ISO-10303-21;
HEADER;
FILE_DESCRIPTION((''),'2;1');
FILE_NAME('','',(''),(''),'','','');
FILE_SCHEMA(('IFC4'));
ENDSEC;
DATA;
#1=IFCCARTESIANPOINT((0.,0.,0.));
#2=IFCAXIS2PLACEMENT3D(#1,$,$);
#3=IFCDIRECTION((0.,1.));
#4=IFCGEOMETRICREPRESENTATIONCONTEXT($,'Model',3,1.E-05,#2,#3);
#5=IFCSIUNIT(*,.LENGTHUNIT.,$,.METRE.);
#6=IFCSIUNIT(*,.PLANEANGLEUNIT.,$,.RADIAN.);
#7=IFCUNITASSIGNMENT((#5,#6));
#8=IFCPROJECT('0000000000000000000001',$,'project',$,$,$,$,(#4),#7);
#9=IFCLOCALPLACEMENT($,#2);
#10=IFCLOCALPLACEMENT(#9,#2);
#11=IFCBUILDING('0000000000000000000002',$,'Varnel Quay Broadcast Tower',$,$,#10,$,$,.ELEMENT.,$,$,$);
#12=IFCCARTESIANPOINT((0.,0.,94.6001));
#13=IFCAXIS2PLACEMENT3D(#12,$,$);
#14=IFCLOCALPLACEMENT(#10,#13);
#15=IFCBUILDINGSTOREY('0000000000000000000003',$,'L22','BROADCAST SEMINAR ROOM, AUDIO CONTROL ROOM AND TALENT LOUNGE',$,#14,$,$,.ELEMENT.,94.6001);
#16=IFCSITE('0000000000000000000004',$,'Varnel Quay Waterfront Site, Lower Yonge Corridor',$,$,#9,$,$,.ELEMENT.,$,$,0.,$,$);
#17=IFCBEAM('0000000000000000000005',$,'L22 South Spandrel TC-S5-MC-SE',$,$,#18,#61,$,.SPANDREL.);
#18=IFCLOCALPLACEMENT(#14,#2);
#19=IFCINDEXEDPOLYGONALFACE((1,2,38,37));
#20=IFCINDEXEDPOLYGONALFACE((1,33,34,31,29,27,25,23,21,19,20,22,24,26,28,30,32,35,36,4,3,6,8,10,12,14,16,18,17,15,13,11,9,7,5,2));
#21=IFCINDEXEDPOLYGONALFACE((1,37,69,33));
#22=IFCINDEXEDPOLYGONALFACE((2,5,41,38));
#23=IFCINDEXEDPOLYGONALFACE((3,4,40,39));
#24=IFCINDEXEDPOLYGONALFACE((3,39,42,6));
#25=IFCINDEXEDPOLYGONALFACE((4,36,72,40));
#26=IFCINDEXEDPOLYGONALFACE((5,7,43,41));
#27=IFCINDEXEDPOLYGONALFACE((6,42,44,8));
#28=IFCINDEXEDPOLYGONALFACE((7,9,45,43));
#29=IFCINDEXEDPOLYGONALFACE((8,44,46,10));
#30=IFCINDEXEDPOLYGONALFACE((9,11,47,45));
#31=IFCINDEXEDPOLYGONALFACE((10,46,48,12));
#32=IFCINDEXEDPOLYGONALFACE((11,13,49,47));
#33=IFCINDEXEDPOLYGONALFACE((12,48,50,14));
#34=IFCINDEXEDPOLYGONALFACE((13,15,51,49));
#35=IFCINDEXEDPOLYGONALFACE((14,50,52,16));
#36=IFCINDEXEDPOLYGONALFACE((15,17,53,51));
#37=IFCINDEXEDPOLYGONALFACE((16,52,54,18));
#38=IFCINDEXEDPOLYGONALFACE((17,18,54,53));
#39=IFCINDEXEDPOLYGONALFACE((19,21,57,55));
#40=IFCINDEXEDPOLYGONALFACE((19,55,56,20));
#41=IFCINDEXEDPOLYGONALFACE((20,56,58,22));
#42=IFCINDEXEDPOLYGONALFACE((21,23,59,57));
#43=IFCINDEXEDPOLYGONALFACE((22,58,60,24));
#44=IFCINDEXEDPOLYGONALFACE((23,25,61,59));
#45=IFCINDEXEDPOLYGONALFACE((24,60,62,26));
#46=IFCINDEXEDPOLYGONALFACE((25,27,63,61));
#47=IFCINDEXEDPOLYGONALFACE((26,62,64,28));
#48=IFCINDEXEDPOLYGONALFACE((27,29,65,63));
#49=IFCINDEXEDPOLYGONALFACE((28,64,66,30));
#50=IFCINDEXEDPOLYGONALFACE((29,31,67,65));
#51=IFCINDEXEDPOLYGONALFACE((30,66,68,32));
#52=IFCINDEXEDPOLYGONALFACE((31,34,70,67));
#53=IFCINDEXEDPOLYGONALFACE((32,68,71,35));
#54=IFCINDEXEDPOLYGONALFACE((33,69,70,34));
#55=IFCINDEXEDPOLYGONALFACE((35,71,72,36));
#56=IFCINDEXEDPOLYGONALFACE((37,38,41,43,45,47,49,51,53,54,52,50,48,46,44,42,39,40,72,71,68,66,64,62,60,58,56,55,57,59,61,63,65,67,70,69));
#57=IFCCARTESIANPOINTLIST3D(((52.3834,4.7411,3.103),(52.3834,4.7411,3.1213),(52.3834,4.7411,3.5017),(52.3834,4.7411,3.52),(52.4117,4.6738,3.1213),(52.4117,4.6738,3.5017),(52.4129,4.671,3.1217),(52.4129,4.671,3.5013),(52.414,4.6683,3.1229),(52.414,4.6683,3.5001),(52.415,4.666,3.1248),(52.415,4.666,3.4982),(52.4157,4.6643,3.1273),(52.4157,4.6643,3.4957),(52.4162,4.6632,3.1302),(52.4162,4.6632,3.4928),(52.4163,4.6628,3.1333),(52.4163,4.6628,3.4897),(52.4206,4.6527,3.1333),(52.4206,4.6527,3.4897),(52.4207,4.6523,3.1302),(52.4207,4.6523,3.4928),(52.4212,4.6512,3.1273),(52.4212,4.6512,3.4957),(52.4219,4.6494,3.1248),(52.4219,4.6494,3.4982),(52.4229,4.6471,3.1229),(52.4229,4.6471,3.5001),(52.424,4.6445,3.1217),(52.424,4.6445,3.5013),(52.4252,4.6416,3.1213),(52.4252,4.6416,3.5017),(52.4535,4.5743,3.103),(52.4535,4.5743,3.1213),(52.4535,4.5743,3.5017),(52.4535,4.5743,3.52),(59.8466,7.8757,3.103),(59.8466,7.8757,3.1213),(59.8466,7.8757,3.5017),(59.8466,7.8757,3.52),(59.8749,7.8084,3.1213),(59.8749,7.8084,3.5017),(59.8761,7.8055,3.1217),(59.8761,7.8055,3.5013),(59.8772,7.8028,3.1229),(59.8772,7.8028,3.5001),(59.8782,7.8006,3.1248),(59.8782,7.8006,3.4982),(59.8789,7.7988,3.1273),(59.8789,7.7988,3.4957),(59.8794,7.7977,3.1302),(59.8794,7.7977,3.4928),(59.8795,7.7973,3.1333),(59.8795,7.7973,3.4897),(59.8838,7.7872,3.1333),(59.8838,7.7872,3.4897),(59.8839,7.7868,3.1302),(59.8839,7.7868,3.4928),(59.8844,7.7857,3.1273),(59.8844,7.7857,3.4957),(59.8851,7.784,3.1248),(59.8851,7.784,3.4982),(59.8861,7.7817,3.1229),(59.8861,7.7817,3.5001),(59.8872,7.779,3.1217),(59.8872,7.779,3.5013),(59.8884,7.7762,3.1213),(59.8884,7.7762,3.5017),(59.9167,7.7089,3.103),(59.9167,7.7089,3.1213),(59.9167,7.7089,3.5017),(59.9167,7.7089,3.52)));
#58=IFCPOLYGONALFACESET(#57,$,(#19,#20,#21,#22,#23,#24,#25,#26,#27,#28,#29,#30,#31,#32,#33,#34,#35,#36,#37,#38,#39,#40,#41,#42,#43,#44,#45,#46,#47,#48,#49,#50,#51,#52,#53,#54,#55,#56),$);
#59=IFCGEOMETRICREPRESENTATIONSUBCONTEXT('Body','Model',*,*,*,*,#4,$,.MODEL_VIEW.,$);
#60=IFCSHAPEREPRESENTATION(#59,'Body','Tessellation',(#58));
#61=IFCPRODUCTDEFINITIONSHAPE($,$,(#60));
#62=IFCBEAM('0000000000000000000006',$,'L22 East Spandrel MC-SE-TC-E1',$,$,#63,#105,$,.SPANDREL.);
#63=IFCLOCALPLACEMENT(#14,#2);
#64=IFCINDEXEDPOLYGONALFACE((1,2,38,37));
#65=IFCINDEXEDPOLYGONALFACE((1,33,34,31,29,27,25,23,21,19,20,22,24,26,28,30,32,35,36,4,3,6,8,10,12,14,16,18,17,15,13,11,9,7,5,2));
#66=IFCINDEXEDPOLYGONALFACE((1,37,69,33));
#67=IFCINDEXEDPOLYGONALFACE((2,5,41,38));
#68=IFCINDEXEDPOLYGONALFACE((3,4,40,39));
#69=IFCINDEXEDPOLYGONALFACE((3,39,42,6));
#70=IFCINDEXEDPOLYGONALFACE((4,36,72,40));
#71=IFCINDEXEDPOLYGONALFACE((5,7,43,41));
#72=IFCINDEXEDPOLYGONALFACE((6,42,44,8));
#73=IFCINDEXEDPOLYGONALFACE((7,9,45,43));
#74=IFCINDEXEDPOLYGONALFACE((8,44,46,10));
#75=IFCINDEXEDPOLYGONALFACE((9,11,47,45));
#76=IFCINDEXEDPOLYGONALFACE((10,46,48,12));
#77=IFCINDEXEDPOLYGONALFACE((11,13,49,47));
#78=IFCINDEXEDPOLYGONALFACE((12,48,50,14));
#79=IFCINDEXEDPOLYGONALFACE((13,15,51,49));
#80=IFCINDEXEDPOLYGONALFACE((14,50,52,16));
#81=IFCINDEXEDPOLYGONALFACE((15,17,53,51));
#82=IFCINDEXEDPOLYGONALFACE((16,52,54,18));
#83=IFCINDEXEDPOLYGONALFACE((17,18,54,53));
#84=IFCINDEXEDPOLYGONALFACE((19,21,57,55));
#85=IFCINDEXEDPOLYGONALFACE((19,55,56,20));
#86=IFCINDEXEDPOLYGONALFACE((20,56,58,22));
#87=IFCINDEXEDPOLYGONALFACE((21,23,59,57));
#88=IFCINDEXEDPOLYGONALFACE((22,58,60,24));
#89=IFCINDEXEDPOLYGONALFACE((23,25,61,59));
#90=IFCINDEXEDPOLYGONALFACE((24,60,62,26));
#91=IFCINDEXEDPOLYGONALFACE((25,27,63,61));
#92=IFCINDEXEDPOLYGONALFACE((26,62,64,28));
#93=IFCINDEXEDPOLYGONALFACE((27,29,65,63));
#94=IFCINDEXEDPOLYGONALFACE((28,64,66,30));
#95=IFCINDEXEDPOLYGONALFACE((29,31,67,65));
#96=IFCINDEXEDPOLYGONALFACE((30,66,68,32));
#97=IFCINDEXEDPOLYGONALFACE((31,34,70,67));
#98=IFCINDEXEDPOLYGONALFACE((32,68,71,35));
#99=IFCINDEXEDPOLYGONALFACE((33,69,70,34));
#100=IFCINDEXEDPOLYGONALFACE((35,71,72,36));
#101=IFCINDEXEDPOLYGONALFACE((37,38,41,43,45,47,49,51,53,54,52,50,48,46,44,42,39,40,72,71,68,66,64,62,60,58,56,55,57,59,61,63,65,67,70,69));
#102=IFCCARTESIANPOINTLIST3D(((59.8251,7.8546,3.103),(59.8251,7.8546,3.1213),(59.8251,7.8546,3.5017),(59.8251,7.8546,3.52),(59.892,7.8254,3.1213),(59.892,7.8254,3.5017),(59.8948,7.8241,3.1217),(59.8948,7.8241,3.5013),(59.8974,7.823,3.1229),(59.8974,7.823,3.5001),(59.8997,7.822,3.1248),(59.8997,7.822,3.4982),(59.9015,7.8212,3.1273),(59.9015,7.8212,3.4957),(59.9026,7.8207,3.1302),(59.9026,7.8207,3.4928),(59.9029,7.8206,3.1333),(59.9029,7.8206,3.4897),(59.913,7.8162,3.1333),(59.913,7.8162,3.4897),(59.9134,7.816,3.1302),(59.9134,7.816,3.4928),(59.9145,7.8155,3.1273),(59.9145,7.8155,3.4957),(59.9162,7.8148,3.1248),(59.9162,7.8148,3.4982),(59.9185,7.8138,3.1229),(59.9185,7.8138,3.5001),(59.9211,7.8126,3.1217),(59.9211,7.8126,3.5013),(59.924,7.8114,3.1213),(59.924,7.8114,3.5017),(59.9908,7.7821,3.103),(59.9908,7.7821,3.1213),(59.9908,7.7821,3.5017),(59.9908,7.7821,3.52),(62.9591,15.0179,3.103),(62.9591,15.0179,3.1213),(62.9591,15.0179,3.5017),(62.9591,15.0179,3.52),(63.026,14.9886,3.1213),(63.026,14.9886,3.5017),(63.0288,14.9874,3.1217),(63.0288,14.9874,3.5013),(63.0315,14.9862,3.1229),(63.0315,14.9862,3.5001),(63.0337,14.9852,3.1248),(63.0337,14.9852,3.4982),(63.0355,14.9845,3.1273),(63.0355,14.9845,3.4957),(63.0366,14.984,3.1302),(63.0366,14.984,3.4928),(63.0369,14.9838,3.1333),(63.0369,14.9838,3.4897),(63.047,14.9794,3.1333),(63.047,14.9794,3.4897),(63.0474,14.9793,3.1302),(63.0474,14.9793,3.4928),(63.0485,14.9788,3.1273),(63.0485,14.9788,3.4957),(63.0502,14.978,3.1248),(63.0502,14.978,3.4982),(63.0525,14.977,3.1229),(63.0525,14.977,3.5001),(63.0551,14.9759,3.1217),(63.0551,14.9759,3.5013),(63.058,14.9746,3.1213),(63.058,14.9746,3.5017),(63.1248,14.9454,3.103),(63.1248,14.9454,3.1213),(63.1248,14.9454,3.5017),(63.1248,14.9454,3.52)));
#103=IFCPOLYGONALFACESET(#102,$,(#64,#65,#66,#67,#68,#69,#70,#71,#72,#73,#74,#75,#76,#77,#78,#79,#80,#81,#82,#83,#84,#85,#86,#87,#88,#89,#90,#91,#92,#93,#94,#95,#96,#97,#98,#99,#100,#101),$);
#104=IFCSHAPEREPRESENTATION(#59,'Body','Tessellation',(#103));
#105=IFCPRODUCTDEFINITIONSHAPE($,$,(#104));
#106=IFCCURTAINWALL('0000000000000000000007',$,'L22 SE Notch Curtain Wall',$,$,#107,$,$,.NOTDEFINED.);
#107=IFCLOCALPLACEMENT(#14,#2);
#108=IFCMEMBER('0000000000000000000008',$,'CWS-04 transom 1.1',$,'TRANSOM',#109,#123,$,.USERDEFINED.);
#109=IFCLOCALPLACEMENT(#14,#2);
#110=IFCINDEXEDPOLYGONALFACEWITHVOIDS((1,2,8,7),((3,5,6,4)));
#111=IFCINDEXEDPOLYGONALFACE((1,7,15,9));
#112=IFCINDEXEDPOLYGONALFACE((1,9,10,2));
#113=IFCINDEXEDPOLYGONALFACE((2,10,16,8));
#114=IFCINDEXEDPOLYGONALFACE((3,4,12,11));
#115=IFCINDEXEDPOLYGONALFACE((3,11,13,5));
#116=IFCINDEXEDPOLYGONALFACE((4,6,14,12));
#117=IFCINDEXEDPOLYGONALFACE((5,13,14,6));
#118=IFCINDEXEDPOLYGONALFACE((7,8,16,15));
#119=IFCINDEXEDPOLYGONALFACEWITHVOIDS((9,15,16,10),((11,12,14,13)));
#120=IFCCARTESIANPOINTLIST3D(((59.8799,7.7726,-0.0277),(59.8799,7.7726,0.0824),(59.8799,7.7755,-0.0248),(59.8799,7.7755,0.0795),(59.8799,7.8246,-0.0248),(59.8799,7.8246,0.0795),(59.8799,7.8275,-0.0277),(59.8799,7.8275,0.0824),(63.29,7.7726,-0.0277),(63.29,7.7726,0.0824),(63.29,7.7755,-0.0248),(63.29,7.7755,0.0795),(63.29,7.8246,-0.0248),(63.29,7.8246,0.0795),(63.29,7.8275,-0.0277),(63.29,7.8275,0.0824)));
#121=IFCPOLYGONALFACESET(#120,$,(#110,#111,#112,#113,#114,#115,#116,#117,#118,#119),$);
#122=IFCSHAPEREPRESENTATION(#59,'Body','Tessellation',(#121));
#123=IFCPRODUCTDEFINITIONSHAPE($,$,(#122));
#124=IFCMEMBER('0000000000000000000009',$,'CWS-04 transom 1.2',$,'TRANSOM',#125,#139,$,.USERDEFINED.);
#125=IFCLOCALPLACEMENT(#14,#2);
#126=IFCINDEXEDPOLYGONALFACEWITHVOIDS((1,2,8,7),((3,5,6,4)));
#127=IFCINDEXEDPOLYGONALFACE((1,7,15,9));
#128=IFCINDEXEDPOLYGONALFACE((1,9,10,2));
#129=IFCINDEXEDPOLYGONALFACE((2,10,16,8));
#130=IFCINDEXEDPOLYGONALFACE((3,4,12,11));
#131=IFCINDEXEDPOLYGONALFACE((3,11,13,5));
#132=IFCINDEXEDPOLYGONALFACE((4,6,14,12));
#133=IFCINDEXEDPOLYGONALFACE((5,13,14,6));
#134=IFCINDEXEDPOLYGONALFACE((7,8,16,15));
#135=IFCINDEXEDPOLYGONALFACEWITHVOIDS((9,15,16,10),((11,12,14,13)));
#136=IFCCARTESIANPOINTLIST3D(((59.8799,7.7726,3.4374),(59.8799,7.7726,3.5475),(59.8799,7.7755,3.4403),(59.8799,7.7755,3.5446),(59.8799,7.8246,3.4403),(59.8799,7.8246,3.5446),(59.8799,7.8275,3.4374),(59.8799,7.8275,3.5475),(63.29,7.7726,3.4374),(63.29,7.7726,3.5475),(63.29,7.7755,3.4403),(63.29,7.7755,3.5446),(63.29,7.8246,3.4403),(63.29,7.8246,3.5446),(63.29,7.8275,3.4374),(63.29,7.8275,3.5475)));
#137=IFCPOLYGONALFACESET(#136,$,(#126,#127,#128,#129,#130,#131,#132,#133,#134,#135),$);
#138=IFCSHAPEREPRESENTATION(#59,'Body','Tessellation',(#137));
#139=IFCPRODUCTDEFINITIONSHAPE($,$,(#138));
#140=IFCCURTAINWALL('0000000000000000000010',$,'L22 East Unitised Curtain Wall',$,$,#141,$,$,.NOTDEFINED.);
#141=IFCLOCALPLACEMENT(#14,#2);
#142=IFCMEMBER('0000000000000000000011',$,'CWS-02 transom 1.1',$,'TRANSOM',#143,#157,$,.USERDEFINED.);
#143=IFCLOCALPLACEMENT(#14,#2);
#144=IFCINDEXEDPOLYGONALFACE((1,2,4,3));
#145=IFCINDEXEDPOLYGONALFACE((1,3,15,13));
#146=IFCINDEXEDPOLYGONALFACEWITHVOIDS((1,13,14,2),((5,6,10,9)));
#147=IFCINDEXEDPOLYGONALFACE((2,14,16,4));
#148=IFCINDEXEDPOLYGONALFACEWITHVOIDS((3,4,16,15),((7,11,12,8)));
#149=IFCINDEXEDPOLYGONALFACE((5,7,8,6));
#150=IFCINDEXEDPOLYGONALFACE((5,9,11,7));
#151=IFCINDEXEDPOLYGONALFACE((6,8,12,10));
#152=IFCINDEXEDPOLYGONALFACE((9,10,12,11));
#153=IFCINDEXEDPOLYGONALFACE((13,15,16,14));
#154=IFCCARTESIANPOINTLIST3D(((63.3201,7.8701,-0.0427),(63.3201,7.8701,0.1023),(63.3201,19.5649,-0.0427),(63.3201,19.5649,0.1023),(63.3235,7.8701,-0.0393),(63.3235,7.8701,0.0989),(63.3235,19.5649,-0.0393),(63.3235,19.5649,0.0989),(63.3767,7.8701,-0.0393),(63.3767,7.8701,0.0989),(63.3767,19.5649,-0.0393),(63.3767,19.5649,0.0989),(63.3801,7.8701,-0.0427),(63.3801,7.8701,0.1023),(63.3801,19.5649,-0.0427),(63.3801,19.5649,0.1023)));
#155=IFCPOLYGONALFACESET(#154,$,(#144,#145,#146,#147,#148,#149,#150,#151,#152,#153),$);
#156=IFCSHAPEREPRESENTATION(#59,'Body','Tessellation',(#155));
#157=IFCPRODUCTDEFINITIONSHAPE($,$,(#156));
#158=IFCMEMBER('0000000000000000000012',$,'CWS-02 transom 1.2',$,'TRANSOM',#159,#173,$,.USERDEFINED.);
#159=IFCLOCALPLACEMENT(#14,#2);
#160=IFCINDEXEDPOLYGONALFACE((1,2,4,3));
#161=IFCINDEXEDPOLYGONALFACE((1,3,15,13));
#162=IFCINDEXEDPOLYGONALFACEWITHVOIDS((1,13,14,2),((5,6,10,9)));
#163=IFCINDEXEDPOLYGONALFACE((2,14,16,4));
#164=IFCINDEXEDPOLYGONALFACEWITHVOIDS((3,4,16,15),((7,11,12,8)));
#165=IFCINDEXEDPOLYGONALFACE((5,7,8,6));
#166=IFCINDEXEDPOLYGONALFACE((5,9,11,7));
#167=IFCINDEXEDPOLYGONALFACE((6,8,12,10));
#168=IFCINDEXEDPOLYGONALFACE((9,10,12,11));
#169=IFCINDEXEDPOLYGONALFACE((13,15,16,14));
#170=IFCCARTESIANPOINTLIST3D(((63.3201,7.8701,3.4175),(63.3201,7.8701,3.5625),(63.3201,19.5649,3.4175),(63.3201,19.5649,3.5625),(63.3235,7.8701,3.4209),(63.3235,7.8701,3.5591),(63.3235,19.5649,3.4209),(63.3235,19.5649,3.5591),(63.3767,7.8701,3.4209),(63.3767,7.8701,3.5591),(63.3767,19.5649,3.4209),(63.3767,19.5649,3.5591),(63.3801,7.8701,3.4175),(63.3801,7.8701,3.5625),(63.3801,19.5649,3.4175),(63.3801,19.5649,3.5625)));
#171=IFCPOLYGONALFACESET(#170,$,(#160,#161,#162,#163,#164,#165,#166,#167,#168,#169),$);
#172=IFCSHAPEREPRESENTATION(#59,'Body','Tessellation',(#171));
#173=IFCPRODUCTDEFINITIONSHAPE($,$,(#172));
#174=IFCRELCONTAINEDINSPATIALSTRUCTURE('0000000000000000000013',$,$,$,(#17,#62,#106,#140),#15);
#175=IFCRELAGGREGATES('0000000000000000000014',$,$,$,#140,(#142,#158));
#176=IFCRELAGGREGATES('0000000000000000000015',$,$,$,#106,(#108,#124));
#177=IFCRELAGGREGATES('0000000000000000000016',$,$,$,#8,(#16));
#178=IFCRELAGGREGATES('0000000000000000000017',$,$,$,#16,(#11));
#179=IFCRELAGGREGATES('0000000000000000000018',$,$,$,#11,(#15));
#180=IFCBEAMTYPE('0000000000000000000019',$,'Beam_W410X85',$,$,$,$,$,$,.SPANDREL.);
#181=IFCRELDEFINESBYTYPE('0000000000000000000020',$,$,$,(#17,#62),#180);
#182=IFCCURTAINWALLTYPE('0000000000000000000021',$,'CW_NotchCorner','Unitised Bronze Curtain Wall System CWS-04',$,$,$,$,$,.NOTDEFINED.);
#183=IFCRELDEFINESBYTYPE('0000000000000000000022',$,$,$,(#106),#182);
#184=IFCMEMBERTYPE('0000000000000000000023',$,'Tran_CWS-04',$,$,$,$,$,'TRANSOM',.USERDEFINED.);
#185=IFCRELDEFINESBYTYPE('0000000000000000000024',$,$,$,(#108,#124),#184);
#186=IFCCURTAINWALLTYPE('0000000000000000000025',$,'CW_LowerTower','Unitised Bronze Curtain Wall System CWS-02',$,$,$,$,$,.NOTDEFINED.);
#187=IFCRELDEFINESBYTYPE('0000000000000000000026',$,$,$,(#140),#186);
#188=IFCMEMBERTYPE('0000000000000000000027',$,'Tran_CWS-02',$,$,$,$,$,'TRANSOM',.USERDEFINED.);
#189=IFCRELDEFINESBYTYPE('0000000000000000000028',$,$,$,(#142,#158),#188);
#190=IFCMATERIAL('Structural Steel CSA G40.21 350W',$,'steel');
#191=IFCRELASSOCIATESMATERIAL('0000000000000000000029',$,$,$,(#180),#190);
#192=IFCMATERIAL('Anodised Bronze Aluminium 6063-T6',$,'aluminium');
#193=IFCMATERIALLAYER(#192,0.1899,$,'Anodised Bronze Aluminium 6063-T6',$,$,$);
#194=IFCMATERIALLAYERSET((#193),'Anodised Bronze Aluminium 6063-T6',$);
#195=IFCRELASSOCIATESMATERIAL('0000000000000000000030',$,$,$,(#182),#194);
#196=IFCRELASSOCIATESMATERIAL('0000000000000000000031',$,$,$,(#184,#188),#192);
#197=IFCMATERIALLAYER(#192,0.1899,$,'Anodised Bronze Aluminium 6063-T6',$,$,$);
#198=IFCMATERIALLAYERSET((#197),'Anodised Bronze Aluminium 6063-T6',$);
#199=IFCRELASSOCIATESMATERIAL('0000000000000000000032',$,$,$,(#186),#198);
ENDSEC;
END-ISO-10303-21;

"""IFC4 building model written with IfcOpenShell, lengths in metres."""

from ifc_helpers import new_model, si_unit, direction, frame, origin, origin_2d, place, context, subcontext, project, spatial, hollow_rectangle, i_section, extrude, source, transform, mapped, material, layer, layer_set, material_profile, profile_set, type_object, type_shapes, element, aggregate, save


model = new_model("IFC4")

# Units and contexts
model_context = context("Model", 3, precision=1e-05, world=origin(), true_north=direction((0.0, 1.0)))
body_context = subcontext(model_context, "Body", "Model", "MODEL_VIEW")
ifc_project = project(units=[si_unit("LENGTHUNIT", "METRE"), si_unit("PLANEANGLEUNIT", "RADIAN")], contexts=[model_context])

# Site, building, storey
site_placement = place(None, origin())
site = spatial("IfcSite", under=ifc_project, at=site_placement, Name="Varnel Quay Waterfront Site, Lower Yonge Corridor", CompositionType="ELEMENT", RefElevation=0.0)
building_placement = place(site_placement, origin())
building = spatial("IfcBuilding", under=site, at=building_placement, Name="Varnel Quay Broadcast Tower", CompositionType="ELEMENT")
storey_placement = place(building_placement, frame((0.0, 0.0, 94.6001)))
storey = spatial("IfcBuildingStorey", under=building, at=storey_placement, Name="L22", Description="BROADCAST SEMINAR ROOM, AUDIO CONTROL ROOM AND TALENT LOUNGE", CompositionType="ELEMENT", Elevation=94.6001)

# Shared definitions
ifc_material_1 = material(Name="Structural Steel CSA G40.21 350W", Category="steel")

# Beams
ifc_material_profile_1 = material_profile(ifc_material_1, i_section(OverallWidth=0.1809, OverallDepth=0.417, WebThickness=0.011, FlangeThickness=0.0183, FilletRadius=0.012, at=origin_2d()), Name="W410X85")
ifc_profile_set_1 = profile_set([ifc_material_profile_1], Name="Structural Steel CSA G40.21 350W")
beam_type = type_object("IfcBeamType", Name="Beam_W410X85", PredefinedType="SPANDREL", material=ifc_profile_set_1)
shared_shape_1 = source(origin(), body_context, "Body", "SweptSolid", [
    extrude(i_section(OverallWidth=0.1809, OverallDepth=0.417, WebThickness=0.011, FlangeThickness=0.0183, FilletRadius=0.012, at=origin_2d()), origin(), (0.0, 0.0, 1.0), 8.0947),
])
beam_1_placement = place(storey_placement, frame((52.4185, 4.6577, 3.3115), z_axis=(0.921982, 0.387233, 0.0), x_axis=(-0.387233, 0.921982, 0.0)))
element("IfcBeam", 1, at=beam_1_placement, inside=storey, type_object=beam_type, Name="L22 South Spandrel TC-S5-MC-SE", PredefinedType="SPANDREL", context=body_context, shape_type="MappedRepresentation", body=[
    mapped(shared_shape_1, transform((0.0, 0.0, 0.0), x_axis=(1.0, 0.0, 0.0), y_axis=(0.0, 1.0, 0.0), z_axis=(0.0, 0.0, 1.0), scale=1.0)),
])
shared_shape_2 = source(origin(), body_context, "Body", "SweptSolid", [
    extrude(i_section(OverallWidth=0.1809, OverallDepth=0.417, WebThickness=0.011, FlangeThickness=0.0183, FilletRadius=0.012, at=origin_2d()), origin(), (0.0, 0.0, 1.0), 7.8188),
])
beam_2_placement = place(storey_placement, frame((59.908, 7.8184, 3.3115), z_axis=(0.400827, 0.916154, 0.0), x_axis=(-0.916154, 0.400827, 0.0)))
element("IfcBeam", 2, at=beam_2_placement, inside=storey, type_object=beam_type, Name="L22 East Spandrel MC-SE-TC-E1", PredefinedType="SPANDREL", context=body_context, shape_type="MappedRepresentation", body=[
    mapped(shared_shape_2, transform((0.0, 0.0, 0.0), x_axis=(1.0, 0.0, 0.0), y_axis=(0.0, 1.0, 0.0), z_axis=(0.0, 0.0, 1.0), scale=1.0)),
])

# Curtain walls, members
ifc_material_2 = material(Name="Anodised Bronze Aluminium 6063-T6", Category="aluminium")
ifc_layer_1 = layer(ifc_material_2, 0.1899, Name="Anodised Bronze Aluminium 6063-T6")
ifc_layer_set_1 = layer_set([ifc_layer_1], Name="Anodised Bronze Aluminium 6063-T6")
curtain_wall_type_1 = type_object("IfcCurtainWallType", Name="CW_NotchCorner", Description="Unitised Bronze Curtain Wall System CWS-04", PredefinedType="NOTDEFINED", material=ifc_layer_set_1)
curtain_wall_1_placement = place(storey_placement, origin())
curtain_wall_1 = element("IfcCurtainWall", 3, at=curtain_wall_1_placement, inside=storey, type_object=curtain_wall_type_1, Name="L22 SE Notch Curtain Wall", PredefinedType="NOTDEFINED")
ifc_material_profile_2 = material_profile(ifc_material_2, hollow_rectangle(XDim=0.0549, YDim=0.1101, WallThickness=0.0029, at=origin_2d()), Name="ALU55X110X3")
ifc_profile_set_2 = profile_set([ifc_material_profile_2], Name="Anodised Bronze Aluminium 6063-T6")
member_type_1 = type_object("IfcMemberType", Name="Tran_CWS-04", ElementType="TRANSOM", PredefinedType="USERDEFINED", material=ifc_profile_set_2)
shared_shape_3 = source(origin(), body_context, "Body", "SweptSolid", [
    extrude(hollow_rectangle(XDim=0.0549, YDim=0.1101, WallThickness=0.0029, at=origin_2d()), origin(), (0.0, 0.0, 1.0), 3.4102),
])
type_shapes(member_type_1, [shared_shape_3])
member_1_placement = place(storey_placement, frame((59.8799, 7.8, 0.0273), z_axis=(1.0, 0.0, 0.0), x_axis=(0.0, 1.0, 0.0)))
member_1 = element("IfcMember", 4, at=member_1_placement, type_object=member_type_1, Name="CWS-04 transom 1.1", ObjectType="TRANSOM", PredefinedType="USERDEFINED", context=body_context, shape_type="MappedRepresentation", body=[
    mapped(shared_shape_3, transform((0.0, 0.0, 0.0), x_axis=(1.0, 0.0, 0.0), y_axis=(0.0, 1.0, 0.0), z_axis=(0.0, 0.0, 1.0), scale=1.0)),
])
member_2_placement = place(storey_placement, frame((59.8799, 7.8, 3.4924), z_axis=(1.0, 0.0, 0.0), x_axis=(0.0, 1.0, 0.0)))
member_2 = element("IfcMember", 5, at=member_2_placement, type_object=member_type_1, Name="CWS-04 transom 1.2", ObjectType="TRANSOM", PredefinedType="USERDEFINED", context=body_context, shape_type="MappedRepresentation", body=[
    mapped(shared_shape_3, transform((0.0, 0.0, 0.0), x_axis=(1.0, 0.0, 0.0), y_axis=(0.0, 1.0, 0.0), z_axis=(0.0, 0.0, 1.0), scale=1.0)),
])
ifc_layer_2 = layer(ifc_material_2, 0.1899, Name="Anodised Bronze Aluminium 6063-T6")
ifc_layer_set_2 = layer_set([ifc_layer_2], Name="Anodised Bronze Aluminium 6063-T6")
curtain_wall_type_2 = type_object("IfcCurtainWallType", Name="CW_LowerTower", Description="Unitised Bronze Curtain Wall System CWS-02", PredefinedType="NOTDEFINED", material=ifc_layer_set_2)
curtain_wall_2_placement = place(storey_placement, origin())
curtain_wall_2 = element("IfcCurtainWall", 6, at=curtain_wall_2_placement, inside=storey, type_object=curtain_wall_type_2, Name="L22 East Unitised Curtain Wall", PredefinedType="NOTDEFINED")
ifc_material_profile_3 = material_profile(ifc_material_2, hollow_rectangle(XDim=0.0601, YDim=0.145, WallThickness=0.0034, at=origin_2d()), Name="ALU60X145X3.5")
ifc_profile_set_3 = profile_set([ifc_material_profile_3], Name="Anodised Bronze Aluminium 6063-T6")
member_type_2 = type_object("IfcMemberType", Name="Tran_CWS-02", ElementType="TRANSOM", PredefinedType="USERDEFINED", material=ifc_profile_set_3)
shared_shape_4 = source(origin(), body_context, "Body", "SweptSolid", [
    extrude(hollow_rectangle(XDim=0.0601, YDim=0.145, WallThickness=0.0034, at=origin_2d()), origin(), (0.0, 0.0, 1.0), 11.6948),
])
member_3_placement = place(storey_placement, frame((63.3501, 7.8701, 0.0298), z_axis=(0.0, 1.0, 0.0), x_axis=(-1.0, 0.0, 0.0)))
member_3 = element("IfcMember", 7, at=member_3_placement, type_object=member_type_2, Name="CWS-02 transom 1.1", ObjectType="TRANSOM", PredefinedType="USERDEFINED", context=body_context, shape_type="MappedRepresentation", body=[
    mapped(shared_shape_4, transform((0.0, 0.0, 0.0), x_axis=(1.0, 0.0, 0.0), y_axis=(0.0, 1.0, 0.0), z_axis=(0.0, 0.0, 1.0), scale=1.0)),
])
member_4_placement = place(storey_placement, frame((63.3501, 7.8701, 3.49), z_axis=(0.0, 1.0, 0.0), x_axis=(-1.0, 0.0, 0.0)))
member_4 = element("IfcMember", 8, at=member_4_placement, type_object=member_type_2, Name="CWS-02 transom 1.2", ObjectType="TRANSOM", PredefinedType="USERDEFINED", context=body_context, shape_type="MappedRepresentation", body=[
    mapped(shared_shape_4, transform((0.0, 0.0, 0.0), x_axis=(1.0, 0.0, 0.0), y_axis=(0.0, 1.0, 0.0), z_axis=(0.0, 0.0, 1.0), scale=1.0)),
])

aggregate(curtain_wall_2, [member_3, member_4])
aggregate(curtain_wall_1, [member_1, member_2])

save(model, "model.ifc")
